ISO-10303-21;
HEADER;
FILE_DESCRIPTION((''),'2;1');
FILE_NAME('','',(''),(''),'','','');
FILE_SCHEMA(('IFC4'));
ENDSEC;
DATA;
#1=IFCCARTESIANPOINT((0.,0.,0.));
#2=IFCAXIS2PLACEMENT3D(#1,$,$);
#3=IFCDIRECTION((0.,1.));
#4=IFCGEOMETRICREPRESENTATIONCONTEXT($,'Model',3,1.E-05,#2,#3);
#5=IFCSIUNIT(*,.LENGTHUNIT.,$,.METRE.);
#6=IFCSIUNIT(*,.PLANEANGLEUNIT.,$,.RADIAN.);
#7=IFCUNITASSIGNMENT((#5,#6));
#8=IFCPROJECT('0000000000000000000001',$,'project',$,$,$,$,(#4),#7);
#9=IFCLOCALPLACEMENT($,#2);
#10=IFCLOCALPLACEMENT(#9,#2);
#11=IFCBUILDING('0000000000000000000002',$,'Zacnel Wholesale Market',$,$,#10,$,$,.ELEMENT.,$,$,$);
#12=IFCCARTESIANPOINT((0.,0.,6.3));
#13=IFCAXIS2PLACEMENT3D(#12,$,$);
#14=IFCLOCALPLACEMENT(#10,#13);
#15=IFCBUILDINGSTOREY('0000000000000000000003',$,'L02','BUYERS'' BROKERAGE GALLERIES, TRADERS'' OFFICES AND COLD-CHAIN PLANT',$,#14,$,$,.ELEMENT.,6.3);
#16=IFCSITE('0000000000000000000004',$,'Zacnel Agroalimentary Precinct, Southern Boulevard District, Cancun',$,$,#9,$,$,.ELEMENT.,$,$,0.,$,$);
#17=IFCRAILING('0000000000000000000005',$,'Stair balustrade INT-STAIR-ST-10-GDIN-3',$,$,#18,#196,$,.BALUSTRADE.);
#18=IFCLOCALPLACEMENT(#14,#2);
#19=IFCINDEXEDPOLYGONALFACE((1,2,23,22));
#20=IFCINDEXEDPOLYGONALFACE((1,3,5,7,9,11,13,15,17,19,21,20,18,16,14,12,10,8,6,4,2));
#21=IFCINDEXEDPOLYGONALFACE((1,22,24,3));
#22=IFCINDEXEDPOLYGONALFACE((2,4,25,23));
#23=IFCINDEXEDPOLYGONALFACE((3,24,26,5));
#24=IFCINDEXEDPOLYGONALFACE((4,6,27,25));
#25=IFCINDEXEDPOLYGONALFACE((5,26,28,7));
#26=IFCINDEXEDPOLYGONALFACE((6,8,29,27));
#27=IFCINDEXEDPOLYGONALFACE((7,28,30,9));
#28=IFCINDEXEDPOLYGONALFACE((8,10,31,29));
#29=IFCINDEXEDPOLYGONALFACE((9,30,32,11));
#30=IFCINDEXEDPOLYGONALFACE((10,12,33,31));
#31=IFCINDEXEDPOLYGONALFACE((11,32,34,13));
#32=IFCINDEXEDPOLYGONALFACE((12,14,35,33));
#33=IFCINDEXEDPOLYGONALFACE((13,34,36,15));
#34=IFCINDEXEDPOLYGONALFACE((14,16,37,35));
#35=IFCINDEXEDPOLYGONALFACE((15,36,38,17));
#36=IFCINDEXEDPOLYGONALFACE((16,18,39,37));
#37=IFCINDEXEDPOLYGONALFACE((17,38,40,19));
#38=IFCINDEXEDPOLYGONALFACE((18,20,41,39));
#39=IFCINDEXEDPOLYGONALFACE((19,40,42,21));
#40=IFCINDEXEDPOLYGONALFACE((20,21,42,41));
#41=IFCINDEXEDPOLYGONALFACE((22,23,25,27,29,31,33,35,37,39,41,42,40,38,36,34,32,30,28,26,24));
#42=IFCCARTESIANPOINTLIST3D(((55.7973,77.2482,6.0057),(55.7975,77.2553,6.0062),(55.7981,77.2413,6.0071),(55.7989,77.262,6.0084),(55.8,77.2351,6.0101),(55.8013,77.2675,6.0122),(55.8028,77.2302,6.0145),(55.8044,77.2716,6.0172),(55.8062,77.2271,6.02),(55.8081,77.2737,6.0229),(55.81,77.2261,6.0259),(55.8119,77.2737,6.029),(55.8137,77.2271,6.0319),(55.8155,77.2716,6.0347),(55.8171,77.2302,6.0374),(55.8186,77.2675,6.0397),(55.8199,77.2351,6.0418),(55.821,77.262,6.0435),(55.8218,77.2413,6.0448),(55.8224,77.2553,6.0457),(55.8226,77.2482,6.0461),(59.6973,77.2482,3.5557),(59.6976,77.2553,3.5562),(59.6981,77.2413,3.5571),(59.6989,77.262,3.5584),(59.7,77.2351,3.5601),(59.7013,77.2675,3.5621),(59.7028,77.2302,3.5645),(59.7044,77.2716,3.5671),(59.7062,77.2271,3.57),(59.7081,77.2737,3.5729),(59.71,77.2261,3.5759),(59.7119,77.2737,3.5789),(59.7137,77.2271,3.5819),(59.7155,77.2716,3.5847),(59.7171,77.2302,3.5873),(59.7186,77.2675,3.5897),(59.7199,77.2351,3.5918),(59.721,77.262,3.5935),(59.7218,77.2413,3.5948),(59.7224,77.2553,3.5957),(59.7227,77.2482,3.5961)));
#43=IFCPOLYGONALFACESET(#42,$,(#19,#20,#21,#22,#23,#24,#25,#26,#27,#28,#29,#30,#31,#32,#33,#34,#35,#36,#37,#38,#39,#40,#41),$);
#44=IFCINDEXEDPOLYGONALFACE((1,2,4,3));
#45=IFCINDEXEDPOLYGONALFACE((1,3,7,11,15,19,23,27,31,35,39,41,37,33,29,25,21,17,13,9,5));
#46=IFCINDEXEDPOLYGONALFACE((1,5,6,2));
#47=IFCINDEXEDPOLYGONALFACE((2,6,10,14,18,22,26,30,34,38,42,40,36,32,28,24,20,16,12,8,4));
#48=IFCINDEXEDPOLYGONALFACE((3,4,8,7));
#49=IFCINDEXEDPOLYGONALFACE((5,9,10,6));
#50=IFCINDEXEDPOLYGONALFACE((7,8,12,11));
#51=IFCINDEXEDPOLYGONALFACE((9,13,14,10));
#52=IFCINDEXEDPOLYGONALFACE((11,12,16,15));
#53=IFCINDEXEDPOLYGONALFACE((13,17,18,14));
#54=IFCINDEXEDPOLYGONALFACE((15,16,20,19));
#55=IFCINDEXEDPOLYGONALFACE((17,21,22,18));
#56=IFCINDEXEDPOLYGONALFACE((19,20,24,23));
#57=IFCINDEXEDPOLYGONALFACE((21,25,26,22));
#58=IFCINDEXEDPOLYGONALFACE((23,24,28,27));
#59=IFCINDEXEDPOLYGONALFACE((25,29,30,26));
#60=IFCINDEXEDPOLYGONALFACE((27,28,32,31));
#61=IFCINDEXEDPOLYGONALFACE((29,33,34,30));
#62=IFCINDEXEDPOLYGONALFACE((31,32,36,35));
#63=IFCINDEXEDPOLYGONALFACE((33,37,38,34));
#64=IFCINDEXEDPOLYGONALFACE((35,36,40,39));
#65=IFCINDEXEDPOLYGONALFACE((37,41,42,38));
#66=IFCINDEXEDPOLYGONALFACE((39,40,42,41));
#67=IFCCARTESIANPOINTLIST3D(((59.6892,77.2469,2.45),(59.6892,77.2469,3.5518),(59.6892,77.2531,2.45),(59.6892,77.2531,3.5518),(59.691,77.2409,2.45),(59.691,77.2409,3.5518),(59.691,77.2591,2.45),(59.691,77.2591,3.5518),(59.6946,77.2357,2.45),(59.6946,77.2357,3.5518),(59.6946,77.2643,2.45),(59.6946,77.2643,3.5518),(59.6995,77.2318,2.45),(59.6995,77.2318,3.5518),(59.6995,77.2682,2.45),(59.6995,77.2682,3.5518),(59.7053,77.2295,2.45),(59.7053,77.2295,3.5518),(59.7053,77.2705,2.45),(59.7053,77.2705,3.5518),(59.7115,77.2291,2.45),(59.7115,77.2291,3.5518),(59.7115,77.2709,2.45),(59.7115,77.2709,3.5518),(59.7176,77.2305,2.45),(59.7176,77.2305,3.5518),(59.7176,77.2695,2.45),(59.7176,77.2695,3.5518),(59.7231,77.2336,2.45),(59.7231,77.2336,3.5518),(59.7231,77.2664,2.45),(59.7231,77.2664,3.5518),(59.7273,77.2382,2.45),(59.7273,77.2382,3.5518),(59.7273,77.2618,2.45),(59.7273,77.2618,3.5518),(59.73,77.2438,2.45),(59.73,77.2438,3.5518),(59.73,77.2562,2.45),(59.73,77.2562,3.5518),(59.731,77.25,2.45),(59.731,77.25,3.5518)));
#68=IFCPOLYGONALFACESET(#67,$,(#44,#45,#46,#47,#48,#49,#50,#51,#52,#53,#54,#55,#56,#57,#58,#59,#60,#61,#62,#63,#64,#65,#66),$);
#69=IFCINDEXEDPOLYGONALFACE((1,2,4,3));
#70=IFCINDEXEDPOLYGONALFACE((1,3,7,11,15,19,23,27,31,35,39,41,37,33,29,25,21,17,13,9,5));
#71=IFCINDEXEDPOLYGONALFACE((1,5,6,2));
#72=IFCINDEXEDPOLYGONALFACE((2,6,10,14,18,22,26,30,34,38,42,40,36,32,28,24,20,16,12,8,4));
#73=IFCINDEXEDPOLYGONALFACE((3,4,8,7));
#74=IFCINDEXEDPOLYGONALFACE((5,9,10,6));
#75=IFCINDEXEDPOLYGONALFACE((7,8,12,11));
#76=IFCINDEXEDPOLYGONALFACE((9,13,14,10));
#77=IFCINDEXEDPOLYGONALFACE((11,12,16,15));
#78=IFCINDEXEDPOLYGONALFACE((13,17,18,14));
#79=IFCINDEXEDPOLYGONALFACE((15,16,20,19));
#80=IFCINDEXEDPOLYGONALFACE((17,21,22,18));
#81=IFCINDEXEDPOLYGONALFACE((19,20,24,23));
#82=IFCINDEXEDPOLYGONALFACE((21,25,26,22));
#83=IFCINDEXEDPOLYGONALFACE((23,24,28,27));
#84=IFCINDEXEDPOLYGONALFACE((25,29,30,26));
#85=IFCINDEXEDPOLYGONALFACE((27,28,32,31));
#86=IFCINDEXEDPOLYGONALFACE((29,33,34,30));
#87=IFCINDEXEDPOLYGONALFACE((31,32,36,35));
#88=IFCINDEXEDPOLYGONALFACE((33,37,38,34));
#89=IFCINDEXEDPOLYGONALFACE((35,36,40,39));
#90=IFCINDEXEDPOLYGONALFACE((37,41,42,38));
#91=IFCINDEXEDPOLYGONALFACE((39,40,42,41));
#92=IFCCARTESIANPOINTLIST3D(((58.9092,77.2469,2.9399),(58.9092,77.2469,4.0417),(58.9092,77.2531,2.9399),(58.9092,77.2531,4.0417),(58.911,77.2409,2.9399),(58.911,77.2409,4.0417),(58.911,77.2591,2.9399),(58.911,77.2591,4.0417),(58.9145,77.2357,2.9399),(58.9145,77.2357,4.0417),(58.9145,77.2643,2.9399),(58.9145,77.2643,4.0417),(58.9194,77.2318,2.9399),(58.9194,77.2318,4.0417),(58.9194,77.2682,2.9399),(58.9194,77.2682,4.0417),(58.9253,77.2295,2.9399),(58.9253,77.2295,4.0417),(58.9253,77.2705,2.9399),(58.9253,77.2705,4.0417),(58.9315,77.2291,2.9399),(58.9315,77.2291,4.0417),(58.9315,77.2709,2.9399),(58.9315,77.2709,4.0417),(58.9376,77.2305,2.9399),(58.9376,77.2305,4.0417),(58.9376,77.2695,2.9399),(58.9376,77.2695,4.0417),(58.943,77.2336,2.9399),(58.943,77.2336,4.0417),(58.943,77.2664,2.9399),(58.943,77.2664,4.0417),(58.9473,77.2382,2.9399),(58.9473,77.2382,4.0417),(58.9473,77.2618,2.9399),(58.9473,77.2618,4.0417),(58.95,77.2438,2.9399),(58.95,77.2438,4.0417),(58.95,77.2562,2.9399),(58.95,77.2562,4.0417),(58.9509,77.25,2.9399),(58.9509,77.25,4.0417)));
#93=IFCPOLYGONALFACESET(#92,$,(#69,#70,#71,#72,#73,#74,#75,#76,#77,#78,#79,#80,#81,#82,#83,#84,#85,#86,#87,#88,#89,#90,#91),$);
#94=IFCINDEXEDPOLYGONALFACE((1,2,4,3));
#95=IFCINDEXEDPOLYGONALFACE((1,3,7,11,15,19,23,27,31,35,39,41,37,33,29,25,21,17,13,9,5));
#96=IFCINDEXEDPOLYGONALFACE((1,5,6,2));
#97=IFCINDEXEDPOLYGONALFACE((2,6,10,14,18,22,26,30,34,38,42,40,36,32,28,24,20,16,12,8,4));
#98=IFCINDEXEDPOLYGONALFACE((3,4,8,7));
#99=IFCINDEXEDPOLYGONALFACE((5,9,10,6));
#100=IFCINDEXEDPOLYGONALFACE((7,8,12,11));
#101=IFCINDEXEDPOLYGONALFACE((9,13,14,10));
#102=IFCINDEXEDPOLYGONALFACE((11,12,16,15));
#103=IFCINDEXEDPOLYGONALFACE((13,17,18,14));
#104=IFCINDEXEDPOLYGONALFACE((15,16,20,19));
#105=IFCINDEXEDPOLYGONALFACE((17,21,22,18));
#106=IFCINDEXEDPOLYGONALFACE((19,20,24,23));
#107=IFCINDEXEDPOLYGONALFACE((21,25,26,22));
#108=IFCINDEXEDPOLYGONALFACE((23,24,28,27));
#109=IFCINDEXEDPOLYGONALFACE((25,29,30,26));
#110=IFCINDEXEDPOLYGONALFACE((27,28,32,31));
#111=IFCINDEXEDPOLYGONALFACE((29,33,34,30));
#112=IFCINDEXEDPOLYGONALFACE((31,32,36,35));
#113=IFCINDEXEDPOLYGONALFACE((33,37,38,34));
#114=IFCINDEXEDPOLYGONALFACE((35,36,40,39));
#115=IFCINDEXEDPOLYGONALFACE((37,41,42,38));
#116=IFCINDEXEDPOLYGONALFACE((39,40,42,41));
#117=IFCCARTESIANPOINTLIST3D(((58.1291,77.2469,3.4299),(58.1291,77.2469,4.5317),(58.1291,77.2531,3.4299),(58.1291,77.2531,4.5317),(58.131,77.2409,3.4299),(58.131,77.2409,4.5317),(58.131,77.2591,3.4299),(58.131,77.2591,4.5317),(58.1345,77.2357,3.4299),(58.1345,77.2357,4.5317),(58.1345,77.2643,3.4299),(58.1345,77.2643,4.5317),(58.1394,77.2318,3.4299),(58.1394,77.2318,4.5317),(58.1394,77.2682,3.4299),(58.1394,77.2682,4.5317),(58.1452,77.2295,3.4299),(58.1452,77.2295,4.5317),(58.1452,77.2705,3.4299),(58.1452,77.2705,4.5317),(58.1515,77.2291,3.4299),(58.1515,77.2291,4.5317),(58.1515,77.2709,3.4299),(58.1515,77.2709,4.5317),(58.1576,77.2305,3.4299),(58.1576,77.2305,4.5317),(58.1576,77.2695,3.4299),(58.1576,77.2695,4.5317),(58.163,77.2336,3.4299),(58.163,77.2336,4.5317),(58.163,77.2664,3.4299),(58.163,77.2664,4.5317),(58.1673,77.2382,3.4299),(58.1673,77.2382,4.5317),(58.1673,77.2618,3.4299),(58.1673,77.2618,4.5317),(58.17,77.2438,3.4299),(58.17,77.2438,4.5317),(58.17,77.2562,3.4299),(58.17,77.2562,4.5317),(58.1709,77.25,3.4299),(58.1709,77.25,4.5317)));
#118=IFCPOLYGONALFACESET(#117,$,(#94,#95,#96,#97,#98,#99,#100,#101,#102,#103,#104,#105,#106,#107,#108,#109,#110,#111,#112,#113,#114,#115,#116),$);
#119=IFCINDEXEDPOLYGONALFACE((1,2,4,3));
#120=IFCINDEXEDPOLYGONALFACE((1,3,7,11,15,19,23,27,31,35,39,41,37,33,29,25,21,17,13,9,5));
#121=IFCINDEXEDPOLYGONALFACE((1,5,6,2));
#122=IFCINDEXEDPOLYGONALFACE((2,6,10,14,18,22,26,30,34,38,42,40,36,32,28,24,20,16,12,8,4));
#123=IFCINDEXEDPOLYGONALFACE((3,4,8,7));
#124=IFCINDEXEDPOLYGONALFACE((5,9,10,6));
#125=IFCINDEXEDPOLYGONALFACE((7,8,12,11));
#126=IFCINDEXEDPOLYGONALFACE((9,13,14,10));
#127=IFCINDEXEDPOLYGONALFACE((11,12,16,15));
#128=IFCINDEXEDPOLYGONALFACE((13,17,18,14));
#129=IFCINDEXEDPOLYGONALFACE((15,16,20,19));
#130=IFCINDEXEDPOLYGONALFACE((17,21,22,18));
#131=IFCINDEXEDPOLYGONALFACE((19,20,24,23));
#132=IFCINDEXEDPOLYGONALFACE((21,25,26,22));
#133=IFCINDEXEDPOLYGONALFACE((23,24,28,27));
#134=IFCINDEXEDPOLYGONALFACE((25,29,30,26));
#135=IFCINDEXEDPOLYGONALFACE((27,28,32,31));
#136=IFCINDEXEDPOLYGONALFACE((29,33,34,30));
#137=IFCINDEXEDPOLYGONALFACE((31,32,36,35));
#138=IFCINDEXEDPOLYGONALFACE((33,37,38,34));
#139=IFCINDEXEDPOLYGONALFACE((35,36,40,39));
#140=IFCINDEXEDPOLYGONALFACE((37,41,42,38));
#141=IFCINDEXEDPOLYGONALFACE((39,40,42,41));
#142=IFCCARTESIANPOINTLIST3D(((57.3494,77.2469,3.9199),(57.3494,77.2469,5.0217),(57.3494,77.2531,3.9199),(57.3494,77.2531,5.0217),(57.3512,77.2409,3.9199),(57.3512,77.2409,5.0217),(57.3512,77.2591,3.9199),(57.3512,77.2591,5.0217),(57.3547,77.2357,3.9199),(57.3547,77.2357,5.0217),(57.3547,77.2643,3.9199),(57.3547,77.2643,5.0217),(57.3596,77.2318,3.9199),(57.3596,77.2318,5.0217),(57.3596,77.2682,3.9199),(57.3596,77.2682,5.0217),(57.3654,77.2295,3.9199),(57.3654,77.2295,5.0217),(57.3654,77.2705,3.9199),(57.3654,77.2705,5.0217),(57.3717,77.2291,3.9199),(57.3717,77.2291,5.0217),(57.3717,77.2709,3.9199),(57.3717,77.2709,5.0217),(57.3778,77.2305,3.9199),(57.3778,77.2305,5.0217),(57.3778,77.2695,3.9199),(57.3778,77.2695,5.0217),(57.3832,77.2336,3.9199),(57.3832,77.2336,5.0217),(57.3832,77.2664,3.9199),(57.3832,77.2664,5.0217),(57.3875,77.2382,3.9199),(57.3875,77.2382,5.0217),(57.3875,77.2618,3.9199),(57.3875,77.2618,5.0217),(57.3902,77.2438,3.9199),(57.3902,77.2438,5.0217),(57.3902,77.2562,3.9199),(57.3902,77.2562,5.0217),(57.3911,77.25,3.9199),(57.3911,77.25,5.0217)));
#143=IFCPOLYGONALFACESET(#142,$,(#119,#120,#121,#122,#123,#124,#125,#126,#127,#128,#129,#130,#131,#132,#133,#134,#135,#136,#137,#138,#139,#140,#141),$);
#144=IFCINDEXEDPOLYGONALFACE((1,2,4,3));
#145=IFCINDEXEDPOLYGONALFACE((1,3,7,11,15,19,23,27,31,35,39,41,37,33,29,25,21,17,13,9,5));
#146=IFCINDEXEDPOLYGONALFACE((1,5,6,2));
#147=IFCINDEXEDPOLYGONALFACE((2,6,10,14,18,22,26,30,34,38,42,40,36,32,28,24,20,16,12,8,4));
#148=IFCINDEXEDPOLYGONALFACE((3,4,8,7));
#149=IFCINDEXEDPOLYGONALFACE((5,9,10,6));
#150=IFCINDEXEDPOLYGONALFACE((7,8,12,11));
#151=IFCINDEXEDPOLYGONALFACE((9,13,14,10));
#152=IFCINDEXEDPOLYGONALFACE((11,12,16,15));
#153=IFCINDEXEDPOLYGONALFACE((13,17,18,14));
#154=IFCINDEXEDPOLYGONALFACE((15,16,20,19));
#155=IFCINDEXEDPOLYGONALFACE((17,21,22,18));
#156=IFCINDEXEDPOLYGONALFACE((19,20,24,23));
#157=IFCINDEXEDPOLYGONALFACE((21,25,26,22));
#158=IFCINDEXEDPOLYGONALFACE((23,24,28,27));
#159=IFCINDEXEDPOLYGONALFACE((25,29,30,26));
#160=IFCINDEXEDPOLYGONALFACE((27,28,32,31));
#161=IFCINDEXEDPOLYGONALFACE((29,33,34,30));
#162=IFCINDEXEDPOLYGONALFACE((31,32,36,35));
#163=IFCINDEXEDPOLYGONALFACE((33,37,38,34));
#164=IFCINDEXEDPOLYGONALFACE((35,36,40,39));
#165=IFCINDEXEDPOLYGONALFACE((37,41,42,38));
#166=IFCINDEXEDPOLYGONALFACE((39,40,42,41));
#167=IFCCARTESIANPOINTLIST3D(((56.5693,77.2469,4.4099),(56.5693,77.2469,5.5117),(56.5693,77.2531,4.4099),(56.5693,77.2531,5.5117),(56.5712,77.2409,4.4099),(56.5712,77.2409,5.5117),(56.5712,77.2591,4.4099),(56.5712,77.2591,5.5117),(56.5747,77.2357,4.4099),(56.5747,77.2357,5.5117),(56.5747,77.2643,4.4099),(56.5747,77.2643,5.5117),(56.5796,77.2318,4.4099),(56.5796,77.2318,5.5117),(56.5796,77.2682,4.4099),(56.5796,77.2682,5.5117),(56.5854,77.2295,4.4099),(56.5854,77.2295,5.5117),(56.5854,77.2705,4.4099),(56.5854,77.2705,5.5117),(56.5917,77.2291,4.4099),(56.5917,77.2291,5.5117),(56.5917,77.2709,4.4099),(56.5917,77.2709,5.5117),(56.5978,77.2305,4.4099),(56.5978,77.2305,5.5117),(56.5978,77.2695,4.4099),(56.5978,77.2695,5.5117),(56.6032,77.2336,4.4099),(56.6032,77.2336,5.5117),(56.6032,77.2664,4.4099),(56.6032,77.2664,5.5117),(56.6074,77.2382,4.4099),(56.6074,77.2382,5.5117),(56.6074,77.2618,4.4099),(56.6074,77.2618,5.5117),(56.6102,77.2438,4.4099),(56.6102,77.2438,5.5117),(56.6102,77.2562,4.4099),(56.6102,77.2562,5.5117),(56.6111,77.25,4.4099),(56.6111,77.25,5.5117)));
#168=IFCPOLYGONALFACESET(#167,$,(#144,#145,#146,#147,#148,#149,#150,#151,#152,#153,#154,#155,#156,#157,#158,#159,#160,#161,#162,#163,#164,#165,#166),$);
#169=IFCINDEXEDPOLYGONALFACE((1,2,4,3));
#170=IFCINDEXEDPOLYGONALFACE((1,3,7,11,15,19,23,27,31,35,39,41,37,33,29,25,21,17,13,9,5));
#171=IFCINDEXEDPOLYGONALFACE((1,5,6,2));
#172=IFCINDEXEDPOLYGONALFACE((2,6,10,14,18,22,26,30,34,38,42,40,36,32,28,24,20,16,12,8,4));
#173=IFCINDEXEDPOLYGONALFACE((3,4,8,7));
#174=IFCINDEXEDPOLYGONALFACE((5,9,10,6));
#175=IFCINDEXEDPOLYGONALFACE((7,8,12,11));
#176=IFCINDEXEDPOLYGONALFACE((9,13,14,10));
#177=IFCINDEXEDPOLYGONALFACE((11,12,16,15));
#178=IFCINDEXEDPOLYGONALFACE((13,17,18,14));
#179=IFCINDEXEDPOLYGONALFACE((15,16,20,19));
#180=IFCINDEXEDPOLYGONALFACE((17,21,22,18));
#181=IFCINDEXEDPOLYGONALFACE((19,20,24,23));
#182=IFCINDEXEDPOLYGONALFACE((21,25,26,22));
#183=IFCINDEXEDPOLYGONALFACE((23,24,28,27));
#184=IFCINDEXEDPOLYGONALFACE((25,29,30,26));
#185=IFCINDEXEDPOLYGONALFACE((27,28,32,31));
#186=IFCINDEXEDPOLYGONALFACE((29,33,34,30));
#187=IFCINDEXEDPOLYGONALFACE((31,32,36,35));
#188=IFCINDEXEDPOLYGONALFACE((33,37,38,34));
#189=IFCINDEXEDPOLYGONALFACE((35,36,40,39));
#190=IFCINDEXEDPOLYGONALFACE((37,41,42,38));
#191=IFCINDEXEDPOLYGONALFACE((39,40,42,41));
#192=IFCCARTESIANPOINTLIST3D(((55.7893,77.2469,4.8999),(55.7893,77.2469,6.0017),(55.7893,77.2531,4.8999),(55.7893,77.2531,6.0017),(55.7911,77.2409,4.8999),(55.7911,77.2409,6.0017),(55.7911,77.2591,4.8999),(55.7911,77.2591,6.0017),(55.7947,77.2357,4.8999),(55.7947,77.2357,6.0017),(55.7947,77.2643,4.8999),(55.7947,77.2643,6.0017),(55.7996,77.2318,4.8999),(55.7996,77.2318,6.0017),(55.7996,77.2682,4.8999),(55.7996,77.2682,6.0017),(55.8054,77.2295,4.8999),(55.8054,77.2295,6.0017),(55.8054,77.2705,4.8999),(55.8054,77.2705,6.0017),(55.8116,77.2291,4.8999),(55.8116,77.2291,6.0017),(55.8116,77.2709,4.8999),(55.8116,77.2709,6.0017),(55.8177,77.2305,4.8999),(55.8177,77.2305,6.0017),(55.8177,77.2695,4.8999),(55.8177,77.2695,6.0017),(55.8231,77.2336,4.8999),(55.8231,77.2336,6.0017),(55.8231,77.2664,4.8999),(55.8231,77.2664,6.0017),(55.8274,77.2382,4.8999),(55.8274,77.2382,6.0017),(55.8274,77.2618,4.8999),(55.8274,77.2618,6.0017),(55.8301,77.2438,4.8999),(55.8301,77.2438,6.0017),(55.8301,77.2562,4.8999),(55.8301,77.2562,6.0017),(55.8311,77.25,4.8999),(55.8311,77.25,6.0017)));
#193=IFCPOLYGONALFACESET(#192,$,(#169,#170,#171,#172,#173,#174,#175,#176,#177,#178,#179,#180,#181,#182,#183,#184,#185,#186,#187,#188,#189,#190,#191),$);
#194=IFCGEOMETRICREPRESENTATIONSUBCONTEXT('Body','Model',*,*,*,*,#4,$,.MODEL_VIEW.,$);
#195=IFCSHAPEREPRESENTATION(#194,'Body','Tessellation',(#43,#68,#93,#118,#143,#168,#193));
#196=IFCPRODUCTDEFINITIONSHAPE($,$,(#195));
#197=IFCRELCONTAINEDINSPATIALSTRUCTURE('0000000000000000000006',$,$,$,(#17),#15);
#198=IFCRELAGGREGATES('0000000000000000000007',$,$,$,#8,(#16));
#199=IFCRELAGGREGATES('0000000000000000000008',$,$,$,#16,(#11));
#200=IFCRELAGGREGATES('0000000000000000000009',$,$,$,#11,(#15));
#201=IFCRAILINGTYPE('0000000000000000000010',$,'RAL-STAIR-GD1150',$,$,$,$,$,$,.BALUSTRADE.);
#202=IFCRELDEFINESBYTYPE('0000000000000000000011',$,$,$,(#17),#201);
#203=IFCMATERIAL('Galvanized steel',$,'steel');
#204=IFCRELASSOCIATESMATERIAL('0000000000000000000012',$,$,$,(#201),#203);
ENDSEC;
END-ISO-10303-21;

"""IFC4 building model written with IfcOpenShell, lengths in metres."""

from ifc_helpers import new_model, si_unit, direction, frame, origin, origin_2d, place, context, subcontext, project, spatial, circle, extrude, material, type_object, element, save


model = new_model("IFC4")

# Units and contexts
model_context = context("Model", 3, precision=1e-05, world=origin(), true_north=direction((0.0, 1.0)))
body_context = subcontext(model_context, "Body", "Model", "MODEL_VIEW")
ifc_project = project(units=[si_unit("LENGTHUNIT", "METRE"), si_unit("PLANEANGLEUNIT", "RADIAN")], contexts=[model_context])

# Site, building, storey
site_placement = place(None, origin())
site = spatial("IfcSite", under=ifc_project, at=site_placement, Name="Zacnel Agroalimentary Precinct, Southern Boulevard District, Cancun", CompositionType="ELEMENT", RefElevation=0.0)
building_placement = place(site_placement, origin())
building = spatial("IfcBuilding", under=site, at=building_placement, Name="Zacnel Wholesale Market", CompositionType="ELEMENT")
storey_placement = place(building_placement, frame((0.0, 0.0, 6.3)))
storey = spatial("IfcBuildingStorey", under=building, at=storey_placement, Name="L02", Description="BUYERS' BROKERAGE GALLERIES, TRADERS' OFFICES AND COLD-CHAIN PLANT", CompositionType="ELEMENT", Elevation=6.3)

# Railing
ifc_material_1 = material(Name="Galvanized steel", Category="steel")
railing_type = type_object("IfcRailingType", Name="RAL-STAIR-GD1150", PredefinedType="BALUSTRADE", material=ifc_material_1)
railing_1_placement = place(storey_placement, frame((59.71, 77.25, 2.45)))
element("IfcRailing", 1, at=railing_1_placement, inside=storey, type_object=railing_type, Name="Stair balustrade INT-STAIR-ST-10-GDIN-3", PredefinedType="BALUSTRADE", context=body_context, shape_type="SweptSolid", body=[
    extrude(circle(Radius=0.0239, at=origin_2d()), frame((0.0, 0.0, 1.126), z_axis=(-0.846775, 0.0, 0.531951), x_axis=(0.0, -1.0, 0.0)), (0.0, 0.0, 1.0), 4.6057),
    extrude(circle(Radius=0.021, at=origin_2d()), origin(), (0.0, 0.0, 1.0), 1.1018),
    extrude(circle(Radius=0.021, at=origin_2d()), frame((-0.78, 0.0, 0.49)), (0.0, 0.0, 1.0), 1.1018),
    extrude(circle(Radius=0.021, at=origin_2d()), frame((-1.5601, 0.0, 0.98)), (0.0, 0.0, 1.0), 1.1018),
    extrude(circle(Radius=0.021, at=origin_2d()), frame((-2.3398, 0.0, 1.47)), (0.0, 0.0, 1.0), 1.1018),
    extrude(circle(Radius=0.021, at=origin_2d()), frame((-3.1199, 0.0, 1.96)), (0.0, 0.0, 1.0), 1.1018),
    extrude(circle(Radius=0.021, at=origin_2d()), frame((-3.8999, 0.0, 2.45)), (0.0, 0.0, 1.0), 1.1018),
])

save(model, "model.ifc")
